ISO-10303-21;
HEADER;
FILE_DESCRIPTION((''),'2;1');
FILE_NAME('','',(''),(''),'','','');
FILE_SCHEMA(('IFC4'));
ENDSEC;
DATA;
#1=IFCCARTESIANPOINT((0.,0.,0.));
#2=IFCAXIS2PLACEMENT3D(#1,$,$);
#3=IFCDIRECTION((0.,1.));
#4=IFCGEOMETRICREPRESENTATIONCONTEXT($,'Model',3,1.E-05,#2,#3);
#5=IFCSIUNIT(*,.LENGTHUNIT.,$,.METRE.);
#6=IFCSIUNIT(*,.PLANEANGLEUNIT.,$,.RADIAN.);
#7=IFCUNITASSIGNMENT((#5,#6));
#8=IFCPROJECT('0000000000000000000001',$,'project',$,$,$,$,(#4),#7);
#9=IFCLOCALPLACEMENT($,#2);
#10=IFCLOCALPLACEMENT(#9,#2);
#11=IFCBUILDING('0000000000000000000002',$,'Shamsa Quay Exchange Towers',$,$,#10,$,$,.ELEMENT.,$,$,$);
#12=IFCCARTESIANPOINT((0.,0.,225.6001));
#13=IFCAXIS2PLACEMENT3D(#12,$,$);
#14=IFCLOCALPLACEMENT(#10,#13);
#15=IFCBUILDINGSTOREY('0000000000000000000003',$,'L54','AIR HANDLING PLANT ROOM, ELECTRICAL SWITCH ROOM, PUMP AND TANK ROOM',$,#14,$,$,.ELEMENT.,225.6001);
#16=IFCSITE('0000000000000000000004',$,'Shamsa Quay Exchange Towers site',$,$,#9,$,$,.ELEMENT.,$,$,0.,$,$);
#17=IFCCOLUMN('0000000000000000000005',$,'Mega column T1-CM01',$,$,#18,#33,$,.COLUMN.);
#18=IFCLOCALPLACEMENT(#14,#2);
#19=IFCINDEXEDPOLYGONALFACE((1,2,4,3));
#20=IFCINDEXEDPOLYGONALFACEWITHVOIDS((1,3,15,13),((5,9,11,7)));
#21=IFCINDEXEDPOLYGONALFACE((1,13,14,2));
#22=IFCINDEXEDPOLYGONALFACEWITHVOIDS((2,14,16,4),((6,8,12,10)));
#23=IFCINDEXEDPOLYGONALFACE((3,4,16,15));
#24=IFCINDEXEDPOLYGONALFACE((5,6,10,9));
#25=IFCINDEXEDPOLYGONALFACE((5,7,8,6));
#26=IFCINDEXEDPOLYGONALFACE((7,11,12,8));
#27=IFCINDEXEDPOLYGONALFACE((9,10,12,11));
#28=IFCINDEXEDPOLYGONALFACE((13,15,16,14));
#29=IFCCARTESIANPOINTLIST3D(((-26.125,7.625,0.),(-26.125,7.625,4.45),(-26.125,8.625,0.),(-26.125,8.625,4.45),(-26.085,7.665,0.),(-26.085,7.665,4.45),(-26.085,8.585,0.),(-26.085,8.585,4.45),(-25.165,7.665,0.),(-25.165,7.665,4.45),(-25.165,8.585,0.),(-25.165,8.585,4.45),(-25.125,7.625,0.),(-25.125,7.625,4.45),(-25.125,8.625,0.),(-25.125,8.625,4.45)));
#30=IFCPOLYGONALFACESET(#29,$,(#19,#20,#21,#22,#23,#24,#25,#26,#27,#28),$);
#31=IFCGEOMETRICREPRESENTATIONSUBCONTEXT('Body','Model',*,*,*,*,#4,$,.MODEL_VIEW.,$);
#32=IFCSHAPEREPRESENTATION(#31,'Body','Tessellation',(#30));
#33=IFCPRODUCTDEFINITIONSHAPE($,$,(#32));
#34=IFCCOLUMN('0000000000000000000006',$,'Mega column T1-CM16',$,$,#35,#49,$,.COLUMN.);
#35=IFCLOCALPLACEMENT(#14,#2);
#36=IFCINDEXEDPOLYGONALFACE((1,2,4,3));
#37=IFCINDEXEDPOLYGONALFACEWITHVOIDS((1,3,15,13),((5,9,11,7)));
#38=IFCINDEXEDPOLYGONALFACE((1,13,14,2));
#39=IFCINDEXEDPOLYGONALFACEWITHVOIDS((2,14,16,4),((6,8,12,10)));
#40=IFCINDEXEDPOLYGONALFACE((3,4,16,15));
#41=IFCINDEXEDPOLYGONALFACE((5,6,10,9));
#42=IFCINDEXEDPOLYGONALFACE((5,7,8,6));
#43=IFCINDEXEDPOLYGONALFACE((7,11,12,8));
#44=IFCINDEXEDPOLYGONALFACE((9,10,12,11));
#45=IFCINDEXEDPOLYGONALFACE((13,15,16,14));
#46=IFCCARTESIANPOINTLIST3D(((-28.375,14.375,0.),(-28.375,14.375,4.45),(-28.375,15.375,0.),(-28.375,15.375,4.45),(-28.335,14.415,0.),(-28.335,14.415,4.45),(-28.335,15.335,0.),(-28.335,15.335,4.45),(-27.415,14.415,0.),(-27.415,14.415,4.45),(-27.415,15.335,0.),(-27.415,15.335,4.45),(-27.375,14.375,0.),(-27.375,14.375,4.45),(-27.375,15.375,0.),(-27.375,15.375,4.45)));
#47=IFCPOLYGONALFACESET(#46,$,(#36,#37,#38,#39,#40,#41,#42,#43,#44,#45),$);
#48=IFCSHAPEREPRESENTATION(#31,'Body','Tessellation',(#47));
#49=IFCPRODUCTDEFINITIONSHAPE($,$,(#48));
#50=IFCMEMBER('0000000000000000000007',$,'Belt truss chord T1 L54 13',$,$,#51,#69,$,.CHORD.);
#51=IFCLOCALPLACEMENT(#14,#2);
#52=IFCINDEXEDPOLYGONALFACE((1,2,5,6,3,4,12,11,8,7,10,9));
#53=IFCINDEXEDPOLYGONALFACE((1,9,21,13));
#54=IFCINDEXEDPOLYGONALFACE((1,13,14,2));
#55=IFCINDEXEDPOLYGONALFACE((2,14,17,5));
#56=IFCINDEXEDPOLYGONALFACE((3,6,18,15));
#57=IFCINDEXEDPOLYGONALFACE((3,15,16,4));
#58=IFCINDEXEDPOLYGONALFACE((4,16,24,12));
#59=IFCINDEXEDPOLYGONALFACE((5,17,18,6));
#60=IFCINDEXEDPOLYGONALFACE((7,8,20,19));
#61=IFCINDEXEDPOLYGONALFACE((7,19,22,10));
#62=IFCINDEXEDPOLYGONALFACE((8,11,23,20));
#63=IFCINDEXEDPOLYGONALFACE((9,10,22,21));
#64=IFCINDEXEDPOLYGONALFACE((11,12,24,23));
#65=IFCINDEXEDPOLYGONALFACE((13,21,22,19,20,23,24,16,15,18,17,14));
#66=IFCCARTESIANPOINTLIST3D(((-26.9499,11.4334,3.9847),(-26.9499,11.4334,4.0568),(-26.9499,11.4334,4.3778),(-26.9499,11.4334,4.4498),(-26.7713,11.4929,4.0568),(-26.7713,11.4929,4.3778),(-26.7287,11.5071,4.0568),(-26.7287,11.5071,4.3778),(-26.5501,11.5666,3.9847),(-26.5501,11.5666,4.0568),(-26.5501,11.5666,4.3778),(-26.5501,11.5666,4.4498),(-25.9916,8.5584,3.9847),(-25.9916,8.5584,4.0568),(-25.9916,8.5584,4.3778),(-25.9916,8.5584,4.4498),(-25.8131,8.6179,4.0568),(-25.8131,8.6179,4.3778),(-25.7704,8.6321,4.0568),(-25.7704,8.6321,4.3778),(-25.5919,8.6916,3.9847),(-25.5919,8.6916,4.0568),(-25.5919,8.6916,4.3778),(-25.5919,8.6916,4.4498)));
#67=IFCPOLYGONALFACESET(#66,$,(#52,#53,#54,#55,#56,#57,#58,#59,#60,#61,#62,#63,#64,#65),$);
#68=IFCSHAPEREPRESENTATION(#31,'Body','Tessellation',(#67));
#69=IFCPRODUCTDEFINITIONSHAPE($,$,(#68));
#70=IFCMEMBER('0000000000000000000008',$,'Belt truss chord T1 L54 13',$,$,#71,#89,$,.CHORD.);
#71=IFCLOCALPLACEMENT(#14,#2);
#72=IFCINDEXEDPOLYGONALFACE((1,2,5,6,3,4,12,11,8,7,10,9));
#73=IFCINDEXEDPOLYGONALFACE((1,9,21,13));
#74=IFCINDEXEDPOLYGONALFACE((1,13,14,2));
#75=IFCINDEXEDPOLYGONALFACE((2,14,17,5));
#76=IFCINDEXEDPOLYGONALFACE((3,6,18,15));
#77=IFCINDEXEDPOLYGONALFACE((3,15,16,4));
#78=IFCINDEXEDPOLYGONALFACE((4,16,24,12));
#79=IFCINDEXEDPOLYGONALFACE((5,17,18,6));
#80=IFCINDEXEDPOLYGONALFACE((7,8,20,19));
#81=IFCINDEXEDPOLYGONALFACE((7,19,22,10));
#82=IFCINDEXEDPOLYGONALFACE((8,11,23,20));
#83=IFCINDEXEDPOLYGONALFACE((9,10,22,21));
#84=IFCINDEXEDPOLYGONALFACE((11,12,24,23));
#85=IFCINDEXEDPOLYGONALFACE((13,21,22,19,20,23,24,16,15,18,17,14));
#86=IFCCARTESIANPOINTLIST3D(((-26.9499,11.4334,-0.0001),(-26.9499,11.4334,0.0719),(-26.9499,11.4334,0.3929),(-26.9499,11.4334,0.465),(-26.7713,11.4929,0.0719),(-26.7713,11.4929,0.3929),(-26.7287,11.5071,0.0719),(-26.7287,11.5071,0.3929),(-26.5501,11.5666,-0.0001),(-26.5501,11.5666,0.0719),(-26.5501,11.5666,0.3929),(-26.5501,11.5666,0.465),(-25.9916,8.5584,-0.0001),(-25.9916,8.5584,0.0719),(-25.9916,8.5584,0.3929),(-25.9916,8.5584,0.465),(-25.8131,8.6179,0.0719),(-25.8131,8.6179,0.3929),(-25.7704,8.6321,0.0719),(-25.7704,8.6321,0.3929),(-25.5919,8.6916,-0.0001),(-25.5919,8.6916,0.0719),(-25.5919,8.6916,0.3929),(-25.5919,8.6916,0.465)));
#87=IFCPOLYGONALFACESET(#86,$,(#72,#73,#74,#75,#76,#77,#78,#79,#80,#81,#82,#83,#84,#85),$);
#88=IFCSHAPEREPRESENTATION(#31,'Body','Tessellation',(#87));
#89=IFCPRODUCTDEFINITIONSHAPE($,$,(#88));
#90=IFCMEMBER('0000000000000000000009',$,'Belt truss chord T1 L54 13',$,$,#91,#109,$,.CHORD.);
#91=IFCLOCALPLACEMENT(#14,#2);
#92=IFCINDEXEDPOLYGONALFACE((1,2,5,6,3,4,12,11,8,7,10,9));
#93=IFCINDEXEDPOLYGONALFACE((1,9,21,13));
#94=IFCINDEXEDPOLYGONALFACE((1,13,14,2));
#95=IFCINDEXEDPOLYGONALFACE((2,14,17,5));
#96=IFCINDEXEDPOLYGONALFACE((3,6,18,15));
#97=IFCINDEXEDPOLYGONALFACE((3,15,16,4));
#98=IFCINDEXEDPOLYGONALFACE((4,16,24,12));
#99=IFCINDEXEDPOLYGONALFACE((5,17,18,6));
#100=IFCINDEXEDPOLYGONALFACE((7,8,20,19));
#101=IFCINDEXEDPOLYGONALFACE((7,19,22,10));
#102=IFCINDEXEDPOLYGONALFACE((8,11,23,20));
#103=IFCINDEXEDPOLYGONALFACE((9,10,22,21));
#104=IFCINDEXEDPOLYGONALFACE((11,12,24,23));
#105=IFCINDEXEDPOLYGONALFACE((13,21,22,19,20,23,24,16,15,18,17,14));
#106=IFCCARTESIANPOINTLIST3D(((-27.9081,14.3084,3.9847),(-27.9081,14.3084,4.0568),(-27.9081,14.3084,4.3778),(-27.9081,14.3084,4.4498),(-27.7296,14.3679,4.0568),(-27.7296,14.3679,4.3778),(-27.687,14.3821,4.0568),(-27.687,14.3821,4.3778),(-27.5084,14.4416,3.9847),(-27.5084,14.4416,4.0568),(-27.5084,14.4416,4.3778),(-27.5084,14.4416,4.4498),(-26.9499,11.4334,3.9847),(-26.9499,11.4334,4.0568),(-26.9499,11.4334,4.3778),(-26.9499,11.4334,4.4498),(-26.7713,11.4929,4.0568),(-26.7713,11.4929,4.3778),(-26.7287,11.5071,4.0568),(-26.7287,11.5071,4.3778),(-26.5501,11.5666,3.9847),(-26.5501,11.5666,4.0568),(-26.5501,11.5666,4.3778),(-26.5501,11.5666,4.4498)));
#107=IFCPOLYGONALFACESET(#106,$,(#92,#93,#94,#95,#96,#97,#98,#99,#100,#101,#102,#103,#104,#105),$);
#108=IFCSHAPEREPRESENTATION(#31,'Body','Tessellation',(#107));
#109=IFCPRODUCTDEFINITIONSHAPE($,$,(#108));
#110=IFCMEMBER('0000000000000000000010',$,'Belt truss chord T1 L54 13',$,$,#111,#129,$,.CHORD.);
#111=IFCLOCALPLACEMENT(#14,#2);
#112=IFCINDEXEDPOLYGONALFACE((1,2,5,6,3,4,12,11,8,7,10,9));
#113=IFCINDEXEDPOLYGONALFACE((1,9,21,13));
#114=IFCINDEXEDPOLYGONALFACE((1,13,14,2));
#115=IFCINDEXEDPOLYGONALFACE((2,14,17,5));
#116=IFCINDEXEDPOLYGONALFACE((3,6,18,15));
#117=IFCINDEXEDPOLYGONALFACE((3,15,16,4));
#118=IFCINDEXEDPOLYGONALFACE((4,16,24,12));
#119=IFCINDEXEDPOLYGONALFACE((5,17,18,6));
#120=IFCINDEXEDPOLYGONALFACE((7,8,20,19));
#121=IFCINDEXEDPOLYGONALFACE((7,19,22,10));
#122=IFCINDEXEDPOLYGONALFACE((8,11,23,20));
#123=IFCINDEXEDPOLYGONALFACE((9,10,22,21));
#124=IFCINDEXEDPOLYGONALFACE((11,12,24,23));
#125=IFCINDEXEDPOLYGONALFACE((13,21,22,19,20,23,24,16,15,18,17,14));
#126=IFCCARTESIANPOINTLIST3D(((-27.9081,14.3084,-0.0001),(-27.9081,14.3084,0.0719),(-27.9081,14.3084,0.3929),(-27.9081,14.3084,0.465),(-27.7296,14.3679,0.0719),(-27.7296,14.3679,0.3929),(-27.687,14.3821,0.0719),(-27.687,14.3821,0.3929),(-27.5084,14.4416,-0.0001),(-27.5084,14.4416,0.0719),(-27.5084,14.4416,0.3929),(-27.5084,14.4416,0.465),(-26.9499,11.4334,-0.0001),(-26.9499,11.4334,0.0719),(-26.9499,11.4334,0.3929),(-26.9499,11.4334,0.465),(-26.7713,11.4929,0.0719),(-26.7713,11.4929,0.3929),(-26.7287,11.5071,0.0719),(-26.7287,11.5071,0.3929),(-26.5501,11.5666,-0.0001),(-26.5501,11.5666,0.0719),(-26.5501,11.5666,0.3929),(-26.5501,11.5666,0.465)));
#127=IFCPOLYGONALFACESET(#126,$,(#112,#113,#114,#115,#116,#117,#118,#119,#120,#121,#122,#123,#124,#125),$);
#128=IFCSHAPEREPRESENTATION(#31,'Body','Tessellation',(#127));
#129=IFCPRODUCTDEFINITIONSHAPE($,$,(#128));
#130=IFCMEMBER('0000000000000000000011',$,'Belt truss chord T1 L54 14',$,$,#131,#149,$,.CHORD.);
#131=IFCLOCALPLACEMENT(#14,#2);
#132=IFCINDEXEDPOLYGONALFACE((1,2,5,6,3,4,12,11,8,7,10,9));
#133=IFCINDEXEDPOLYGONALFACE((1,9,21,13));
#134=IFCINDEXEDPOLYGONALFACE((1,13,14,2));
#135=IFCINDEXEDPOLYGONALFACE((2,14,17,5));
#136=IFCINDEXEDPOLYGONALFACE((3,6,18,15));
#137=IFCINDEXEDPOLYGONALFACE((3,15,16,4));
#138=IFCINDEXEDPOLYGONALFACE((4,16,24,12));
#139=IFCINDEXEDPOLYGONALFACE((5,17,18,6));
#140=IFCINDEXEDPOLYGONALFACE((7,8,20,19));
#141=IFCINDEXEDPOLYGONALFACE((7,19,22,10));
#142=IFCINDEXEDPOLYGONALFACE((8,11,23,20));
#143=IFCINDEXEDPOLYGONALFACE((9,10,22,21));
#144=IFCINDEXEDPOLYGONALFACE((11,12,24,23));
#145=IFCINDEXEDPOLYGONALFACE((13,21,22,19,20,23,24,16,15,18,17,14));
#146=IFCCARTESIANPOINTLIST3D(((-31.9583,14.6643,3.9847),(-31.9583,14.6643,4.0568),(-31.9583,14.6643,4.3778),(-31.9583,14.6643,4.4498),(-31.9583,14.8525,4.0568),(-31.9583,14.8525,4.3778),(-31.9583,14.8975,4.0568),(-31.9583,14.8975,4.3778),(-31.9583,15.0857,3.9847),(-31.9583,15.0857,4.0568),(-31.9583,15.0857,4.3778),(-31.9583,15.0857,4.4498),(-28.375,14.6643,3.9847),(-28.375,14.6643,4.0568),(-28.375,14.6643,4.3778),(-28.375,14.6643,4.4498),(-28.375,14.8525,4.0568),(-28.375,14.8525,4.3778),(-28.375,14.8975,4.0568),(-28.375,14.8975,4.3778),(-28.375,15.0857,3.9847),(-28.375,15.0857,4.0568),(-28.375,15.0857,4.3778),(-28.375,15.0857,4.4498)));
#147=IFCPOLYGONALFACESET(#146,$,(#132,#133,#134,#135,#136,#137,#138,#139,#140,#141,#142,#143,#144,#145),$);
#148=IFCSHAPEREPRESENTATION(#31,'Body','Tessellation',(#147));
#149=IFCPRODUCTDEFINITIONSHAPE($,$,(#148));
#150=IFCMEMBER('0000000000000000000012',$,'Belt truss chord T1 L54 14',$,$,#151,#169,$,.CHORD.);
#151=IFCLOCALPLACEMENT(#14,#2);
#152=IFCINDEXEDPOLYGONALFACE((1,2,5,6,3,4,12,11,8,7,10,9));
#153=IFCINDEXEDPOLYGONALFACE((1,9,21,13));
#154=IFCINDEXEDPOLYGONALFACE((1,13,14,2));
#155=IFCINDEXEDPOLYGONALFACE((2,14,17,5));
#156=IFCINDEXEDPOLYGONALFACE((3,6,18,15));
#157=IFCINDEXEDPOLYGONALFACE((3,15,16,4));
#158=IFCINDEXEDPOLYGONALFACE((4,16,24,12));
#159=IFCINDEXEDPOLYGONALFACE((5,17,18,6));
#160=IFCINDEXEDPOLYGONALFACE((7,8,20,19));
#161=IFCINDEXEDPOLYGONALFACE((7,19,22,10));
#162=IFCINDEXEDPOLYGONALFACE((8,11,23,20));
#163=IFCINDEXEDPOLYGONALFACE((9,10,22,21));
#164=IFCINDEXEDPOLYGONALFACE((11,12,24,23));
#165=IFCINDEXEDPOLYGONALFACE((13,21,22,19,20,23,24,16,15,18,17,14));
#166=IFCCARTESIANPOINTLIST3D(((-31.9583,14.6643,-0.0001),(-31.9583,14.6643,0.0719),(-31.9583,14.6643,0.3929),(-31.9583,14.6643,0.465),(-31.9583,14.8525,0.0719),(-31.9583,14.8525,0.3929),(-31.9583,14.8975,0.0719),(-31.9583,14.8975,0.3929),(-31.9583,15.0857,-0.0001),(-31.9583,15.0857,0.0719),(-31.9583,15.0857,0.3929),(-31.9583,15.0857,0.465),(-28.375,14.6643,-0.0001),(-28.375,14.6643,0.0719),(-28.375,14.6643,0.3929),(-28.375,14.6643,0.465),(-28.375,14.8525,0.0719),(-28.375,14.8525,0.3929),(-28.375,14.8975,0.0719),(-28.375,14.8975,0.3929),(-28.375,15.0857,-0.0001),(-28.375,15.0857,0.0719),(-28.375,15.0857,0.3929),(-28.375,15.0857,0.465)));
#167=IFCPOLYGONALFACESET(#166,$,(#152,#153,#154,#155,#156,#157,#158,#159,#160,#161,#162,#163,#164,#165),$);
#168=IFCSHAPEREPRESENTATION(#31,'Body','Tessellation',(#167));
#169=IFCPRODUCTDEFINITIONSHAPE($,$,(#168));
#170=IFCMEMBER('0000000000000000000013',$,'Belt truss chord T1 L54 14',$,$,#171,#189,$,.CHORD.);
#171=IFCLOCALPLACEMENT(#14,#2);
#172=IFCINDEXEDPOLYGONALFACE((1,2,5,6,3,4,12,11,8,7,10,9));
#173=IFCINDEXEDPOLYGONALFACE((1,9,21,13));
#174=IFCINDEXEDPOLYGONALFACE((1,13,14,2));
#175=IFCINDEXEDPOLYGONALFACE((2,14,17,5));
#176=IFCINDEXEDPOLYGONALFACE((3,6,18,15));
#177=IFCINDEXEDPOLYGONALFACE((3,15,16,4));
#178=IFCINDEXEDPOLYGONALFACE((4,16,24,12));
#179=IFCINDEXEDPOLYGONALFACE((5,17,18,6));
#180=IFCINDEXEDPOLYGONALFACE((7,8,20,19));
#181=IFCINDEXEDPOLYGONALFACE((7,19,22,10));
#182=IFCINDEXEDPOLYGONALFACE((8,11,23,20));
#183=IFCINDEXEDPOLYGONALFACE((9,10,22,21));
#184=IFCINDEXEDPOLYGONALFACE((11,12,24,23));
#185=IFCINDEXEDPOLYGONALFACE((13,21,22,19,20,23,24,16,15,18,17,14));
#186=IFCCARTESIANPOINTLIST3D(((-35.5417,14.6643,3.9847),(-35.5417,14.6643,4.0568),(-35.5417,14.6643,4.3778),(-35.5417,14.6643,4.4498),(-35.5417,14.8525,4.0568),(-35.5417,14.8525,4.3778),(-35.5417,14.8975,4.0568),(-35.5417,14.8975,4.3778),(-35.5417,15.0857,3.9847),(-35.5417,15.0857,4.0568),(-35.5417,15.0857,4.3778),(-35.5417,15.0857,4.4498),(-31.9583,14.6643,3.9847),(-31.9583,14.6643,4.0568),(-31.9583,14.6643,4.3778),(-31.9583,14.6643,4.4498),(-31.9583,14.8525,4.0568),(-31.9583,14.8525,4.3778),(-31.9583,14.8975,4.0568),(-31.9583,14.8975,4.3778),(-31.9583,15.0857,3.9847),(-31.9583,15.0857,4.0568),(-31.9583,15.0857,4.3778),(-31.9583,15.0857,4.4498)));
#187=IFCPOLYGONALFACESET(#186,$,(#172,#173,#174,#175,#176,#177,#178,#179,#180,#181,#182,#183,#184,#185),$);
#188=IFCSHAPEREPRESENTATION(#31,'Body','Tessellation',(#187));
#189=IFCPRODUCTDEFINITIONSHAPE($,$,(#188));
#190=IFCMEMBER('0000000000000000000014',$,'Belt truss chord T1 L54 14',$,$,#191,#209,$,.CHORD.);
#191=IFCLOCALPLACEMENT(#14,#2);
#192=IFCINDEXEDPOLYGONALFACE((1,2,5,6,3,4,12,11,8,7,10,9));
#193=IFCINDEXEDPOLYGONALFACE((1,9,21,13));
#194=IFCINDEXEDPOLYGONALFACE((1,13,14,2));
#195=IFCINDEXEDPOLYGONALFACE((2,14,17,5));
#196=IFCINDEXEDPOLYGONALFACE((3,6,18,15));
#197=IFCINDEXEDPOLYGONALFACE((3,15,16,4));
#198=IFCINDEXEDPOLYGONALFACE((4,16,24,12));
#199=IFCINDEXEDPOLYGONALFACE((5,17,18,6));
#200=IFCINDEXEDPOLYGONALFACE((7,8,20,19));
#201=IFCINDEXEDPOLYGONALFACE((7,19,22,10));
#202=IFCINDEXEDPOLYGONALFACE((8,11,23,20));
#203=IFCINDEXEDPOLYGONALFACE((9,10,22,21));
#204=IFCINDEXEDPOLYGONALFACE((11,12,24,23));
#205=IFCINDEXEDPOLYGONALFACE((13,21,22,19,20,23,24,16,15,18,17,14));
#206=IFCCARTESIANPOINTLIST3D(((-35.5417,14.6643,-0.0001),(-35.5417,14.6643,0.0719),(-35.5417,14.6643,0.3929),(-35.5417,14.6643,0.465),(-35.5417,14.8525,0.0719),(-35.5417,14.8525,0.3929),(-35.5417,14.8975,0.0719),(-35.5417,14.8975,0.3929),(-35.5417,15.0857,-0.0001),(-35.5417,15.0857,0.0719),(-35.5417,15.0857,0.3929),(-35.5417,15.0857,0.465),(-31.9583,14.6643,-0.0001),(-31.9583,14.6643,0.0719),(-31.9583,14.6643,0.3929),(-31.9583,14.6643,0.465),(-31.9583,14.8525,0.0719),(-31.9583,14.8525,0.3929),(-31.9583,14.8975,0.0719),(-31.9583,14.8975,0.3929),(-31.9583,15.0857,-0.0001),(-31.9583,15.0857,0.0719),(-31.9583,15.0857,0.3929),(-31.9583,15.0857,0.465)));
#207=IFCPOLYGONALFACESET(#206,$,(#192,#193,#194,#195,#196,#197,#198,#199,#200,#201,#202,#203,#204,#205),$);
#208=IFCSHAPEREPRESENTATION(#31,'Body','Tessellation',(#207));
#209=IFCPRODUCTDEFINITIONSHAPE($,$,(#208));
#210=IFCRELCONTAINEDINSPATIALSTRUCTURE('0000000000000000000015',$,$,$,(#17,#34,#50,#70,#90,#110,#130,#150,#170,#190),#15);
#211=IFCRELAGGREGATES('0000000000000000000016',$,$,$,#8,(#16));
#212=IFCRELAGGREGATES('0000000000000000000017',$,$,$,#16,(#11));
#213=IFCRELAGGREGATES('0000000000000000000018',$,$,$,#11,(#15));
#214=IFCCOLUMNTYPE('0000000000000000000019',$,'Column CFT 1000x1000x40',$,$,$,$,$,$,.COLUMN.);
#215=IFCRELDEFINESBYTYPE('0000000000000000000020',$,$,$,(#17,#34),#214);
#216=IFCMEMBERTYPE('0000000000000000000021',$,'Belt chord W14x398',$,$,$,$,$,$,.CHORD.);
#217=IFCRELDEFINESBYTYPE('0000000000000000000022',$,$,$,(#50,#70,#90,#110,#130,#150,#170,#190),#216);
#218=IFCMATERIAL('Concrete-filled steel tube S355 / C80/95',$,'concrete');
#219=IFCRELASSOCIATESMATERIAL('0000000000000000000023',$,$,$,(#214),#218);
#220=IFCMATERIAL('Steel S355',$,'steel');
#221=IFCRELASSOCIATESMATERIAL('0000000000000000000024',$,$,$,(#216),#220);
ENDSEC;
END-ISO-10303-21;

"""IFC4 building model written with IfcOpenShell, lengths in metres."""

from ifc_helpers import new_model, si_unit, direction, frame, origin, origin_2d, place, context, subcontext, project, spatial, hollow_rectangle, i_section, extrude, material, material_profile, profile_set, type_object, element, save


model = new_model("IFC4")

# Units and contexts
model_context = context("Model", 3, precision=1e-05, world=origin(), true_north=direction((0.0, 1.0)))
body_context = subcontext(model_context, "Body", "Model", "MODEL_VIEW")
ifc_project = project(units=[si_unit("LENGTHUNIT", "METRE"), si_unit("PLANEANGLEUNIT", "RADIAN")], contexts=[model_context])

# Site, building, storey
site_placement = place(None, origin())
site = spatial("IfcSite", under=ifc_project, at=site_placement, Name="Shamsa Quay Exchange Towers site", CompositionType="ELEMENT", RefElevation=0.0)
building_placement = place(site_placement, origin())
building = spatial("IfcBuilding", under=site, at=building_placement, Name="Shamsa Quay Exchange Towers", CompositionType="ELEMENT")
storey_placement = place(building_placement, frame((0.0, 0.0, 225.6001)))
storey = spatial("IfcBuildingStorey", under=building, at=storey_placement, Name="L54", Description="AIR HANDLING PLANT ROOM, ELECTRICAL SWITCH ROOM, PUMP AND TANK ROOM", CompositionType="ELEMENT", Elevation=225.6001)

# Columns
ifc_material_1 = material(Name="Concrete-filled steel tube S355 / C80/95", Category="concrete")
ifc_material_profile_1 = material_profile(ifc_material_1, hollow_rectangle(XDim=1.0, YDim=1.0, WallThickness=0.04, at=origin_2d()), Name="CFT 1000x1000x40")
ifc_profile_set_1 = profile_set([ifc_material_profile_1], Name="Concrete-filled steel tube S355 / C80/95")
column_type = type_object("IfcColumnType", Name="Column CFT 1000x1000x40", PredefinedType="COLUMN", material=ifc_profile_set_1)
for number, where, name in (
    (1, (-25.625, 8.125, 0.0), "Mega column T1-CM01"),
    (2, (-27.875, 14.875, 0.0), "Mega column T1-CM16"),
):
    element("IfcColumn", number, at=place(storey_placement, frame(where)), inside=storey, type_object=column_type, Name=name, PredefinedType="COLUMN", context=body_context, shape_type="SweptSolid", body=[
        extrude(hollow_rectangle(XDim=1.0, YDim=1.0, WallThickness=0.04, at=origin_2d()), origin(), (0.0, 0.0, 1.0), 4.45),
    ])

# Members
ifc_material_2 = material(Name="Steel S355", Category="steel")
ifc_material_profile_2 = material_profile(ifc_material_2, i_section(OverallWidth=0.4214, OverallDepth=0.4651, WebThickness=0.0449, FlangeThickness=0.072, at=origin_2d()), Name="W14x398")
ifc_profile_set_2 = profile_set([ifc_material_profile_2], Name="Steel S355")
member_type_1 = type_object("IfcMemberType", Name="Belt chord W14x398", PredefinedType="CHORD", material=ifc_profile_set_2)
for number, where, z_axis, x_axis, name in (
    (3, (-25.7917, 8.625, 4.2173), (-0.316204, 0.948691, 0.0), (-0.948691, -0.316204, 0.0), "Belt truss chord T1 L54 13"),
    (4, (-25.7917, 8.625, 0.2324), (-0.316204, 0.948691, 0.0), (-0.948691, -0.316204, 0.0), "Belt truss chord T1 L54 13"),
    (5, (-26.75, 11.5, 4.2173), (-0.316204, 0.948691, 0.0), (-0.948691, -0.316204, 0.0), "Belt truss chord T1 L54 13"),
    (6, (-26.75, 11.5, 0.2324), (-0.316204, 0.948691, 0.0), (-0.948691, -0.316204, 0.0), "Belt truss chord T1 L54 13"),
):
    element("IfcMember", number, at=place(storey_placement, frame(where, z_axis=z_axis, x_axis=x_axis)), inside=storey, type_object=member_type_1, Name=name, PredefinedType="CHORD", context=body_context, shape_type="SweptSolid", body=[
        extrude(i_section(OverallWidth=0.4214, OverallDepth=0.4651, WebThickness=0.0449, FlangeThickness=0.072, at=origin_2d()), origin(), (0.0, 0.0, 1.0), 3.0305),
    ])
for number, where, z_axis, x_axis, name in (
    (7, (-28.375, 14.875, 4.2173), (-1.0, 0.0, 0.0), (0.0, -1.0, 0.0), "Belt truss chord T1 L54 14"),
    (8, (-28.375, 14.875, 0.2324), (-1.0, 0.0, 0.0), (0.0, -1.0, 0.0), "Belt truss chord T1 L54 14"),
):
    element("IfcMember", number, at=place(storey_placement, frame(where, z_axis=z_axis, x_axis=x_axis)), inside=storey, type_object=member_type_1, Name=name, PredefinedType="CHORD", context=body_context, shape_type="SweptSolid", body=[
        extrude(i_section(OverallWidth=0.4214, OverallDepth=0.4651, WebThickness=0.0449, FlangeThickness=0.072, at=origin_2d()), origin(), (0.0, 0.0, 1.0), 3.5833),
    ])
for number, where, z_axis, x_axis, name in (
    (9, (-31.9583, 14.875, 4.2173), (-1.0, 0.0, 0.0), (0.0, -1.0, 0.0), "Belt truss chord T1 L54 14"),
    (10, (-31.9583, 14.875, 0.2324), (-1.0, 0.0, 0.0), (0.0, -1.0, 0.0), "Belt truss chord T1 L54 14"),
):
    element("IfcMember", number, at=place(storey_placement, frame(where, z_axis=z_axis, x_axis=x_axis)), inside=storey, type_object=member_type_1, Name=name, PredefinedType="CHORD", context=body_context, shape_type="SweptSolid", body=[
        extrude(i_section(OverallWidth=0.4214, OverallDepth=0.4651, WebThickness=0.0449, FlangeThickness=0.072, at=origin_2d()), origin(), (0.0, 0.0, 1.0), 3.5835),
    ])

save(model, "model.ifc")
